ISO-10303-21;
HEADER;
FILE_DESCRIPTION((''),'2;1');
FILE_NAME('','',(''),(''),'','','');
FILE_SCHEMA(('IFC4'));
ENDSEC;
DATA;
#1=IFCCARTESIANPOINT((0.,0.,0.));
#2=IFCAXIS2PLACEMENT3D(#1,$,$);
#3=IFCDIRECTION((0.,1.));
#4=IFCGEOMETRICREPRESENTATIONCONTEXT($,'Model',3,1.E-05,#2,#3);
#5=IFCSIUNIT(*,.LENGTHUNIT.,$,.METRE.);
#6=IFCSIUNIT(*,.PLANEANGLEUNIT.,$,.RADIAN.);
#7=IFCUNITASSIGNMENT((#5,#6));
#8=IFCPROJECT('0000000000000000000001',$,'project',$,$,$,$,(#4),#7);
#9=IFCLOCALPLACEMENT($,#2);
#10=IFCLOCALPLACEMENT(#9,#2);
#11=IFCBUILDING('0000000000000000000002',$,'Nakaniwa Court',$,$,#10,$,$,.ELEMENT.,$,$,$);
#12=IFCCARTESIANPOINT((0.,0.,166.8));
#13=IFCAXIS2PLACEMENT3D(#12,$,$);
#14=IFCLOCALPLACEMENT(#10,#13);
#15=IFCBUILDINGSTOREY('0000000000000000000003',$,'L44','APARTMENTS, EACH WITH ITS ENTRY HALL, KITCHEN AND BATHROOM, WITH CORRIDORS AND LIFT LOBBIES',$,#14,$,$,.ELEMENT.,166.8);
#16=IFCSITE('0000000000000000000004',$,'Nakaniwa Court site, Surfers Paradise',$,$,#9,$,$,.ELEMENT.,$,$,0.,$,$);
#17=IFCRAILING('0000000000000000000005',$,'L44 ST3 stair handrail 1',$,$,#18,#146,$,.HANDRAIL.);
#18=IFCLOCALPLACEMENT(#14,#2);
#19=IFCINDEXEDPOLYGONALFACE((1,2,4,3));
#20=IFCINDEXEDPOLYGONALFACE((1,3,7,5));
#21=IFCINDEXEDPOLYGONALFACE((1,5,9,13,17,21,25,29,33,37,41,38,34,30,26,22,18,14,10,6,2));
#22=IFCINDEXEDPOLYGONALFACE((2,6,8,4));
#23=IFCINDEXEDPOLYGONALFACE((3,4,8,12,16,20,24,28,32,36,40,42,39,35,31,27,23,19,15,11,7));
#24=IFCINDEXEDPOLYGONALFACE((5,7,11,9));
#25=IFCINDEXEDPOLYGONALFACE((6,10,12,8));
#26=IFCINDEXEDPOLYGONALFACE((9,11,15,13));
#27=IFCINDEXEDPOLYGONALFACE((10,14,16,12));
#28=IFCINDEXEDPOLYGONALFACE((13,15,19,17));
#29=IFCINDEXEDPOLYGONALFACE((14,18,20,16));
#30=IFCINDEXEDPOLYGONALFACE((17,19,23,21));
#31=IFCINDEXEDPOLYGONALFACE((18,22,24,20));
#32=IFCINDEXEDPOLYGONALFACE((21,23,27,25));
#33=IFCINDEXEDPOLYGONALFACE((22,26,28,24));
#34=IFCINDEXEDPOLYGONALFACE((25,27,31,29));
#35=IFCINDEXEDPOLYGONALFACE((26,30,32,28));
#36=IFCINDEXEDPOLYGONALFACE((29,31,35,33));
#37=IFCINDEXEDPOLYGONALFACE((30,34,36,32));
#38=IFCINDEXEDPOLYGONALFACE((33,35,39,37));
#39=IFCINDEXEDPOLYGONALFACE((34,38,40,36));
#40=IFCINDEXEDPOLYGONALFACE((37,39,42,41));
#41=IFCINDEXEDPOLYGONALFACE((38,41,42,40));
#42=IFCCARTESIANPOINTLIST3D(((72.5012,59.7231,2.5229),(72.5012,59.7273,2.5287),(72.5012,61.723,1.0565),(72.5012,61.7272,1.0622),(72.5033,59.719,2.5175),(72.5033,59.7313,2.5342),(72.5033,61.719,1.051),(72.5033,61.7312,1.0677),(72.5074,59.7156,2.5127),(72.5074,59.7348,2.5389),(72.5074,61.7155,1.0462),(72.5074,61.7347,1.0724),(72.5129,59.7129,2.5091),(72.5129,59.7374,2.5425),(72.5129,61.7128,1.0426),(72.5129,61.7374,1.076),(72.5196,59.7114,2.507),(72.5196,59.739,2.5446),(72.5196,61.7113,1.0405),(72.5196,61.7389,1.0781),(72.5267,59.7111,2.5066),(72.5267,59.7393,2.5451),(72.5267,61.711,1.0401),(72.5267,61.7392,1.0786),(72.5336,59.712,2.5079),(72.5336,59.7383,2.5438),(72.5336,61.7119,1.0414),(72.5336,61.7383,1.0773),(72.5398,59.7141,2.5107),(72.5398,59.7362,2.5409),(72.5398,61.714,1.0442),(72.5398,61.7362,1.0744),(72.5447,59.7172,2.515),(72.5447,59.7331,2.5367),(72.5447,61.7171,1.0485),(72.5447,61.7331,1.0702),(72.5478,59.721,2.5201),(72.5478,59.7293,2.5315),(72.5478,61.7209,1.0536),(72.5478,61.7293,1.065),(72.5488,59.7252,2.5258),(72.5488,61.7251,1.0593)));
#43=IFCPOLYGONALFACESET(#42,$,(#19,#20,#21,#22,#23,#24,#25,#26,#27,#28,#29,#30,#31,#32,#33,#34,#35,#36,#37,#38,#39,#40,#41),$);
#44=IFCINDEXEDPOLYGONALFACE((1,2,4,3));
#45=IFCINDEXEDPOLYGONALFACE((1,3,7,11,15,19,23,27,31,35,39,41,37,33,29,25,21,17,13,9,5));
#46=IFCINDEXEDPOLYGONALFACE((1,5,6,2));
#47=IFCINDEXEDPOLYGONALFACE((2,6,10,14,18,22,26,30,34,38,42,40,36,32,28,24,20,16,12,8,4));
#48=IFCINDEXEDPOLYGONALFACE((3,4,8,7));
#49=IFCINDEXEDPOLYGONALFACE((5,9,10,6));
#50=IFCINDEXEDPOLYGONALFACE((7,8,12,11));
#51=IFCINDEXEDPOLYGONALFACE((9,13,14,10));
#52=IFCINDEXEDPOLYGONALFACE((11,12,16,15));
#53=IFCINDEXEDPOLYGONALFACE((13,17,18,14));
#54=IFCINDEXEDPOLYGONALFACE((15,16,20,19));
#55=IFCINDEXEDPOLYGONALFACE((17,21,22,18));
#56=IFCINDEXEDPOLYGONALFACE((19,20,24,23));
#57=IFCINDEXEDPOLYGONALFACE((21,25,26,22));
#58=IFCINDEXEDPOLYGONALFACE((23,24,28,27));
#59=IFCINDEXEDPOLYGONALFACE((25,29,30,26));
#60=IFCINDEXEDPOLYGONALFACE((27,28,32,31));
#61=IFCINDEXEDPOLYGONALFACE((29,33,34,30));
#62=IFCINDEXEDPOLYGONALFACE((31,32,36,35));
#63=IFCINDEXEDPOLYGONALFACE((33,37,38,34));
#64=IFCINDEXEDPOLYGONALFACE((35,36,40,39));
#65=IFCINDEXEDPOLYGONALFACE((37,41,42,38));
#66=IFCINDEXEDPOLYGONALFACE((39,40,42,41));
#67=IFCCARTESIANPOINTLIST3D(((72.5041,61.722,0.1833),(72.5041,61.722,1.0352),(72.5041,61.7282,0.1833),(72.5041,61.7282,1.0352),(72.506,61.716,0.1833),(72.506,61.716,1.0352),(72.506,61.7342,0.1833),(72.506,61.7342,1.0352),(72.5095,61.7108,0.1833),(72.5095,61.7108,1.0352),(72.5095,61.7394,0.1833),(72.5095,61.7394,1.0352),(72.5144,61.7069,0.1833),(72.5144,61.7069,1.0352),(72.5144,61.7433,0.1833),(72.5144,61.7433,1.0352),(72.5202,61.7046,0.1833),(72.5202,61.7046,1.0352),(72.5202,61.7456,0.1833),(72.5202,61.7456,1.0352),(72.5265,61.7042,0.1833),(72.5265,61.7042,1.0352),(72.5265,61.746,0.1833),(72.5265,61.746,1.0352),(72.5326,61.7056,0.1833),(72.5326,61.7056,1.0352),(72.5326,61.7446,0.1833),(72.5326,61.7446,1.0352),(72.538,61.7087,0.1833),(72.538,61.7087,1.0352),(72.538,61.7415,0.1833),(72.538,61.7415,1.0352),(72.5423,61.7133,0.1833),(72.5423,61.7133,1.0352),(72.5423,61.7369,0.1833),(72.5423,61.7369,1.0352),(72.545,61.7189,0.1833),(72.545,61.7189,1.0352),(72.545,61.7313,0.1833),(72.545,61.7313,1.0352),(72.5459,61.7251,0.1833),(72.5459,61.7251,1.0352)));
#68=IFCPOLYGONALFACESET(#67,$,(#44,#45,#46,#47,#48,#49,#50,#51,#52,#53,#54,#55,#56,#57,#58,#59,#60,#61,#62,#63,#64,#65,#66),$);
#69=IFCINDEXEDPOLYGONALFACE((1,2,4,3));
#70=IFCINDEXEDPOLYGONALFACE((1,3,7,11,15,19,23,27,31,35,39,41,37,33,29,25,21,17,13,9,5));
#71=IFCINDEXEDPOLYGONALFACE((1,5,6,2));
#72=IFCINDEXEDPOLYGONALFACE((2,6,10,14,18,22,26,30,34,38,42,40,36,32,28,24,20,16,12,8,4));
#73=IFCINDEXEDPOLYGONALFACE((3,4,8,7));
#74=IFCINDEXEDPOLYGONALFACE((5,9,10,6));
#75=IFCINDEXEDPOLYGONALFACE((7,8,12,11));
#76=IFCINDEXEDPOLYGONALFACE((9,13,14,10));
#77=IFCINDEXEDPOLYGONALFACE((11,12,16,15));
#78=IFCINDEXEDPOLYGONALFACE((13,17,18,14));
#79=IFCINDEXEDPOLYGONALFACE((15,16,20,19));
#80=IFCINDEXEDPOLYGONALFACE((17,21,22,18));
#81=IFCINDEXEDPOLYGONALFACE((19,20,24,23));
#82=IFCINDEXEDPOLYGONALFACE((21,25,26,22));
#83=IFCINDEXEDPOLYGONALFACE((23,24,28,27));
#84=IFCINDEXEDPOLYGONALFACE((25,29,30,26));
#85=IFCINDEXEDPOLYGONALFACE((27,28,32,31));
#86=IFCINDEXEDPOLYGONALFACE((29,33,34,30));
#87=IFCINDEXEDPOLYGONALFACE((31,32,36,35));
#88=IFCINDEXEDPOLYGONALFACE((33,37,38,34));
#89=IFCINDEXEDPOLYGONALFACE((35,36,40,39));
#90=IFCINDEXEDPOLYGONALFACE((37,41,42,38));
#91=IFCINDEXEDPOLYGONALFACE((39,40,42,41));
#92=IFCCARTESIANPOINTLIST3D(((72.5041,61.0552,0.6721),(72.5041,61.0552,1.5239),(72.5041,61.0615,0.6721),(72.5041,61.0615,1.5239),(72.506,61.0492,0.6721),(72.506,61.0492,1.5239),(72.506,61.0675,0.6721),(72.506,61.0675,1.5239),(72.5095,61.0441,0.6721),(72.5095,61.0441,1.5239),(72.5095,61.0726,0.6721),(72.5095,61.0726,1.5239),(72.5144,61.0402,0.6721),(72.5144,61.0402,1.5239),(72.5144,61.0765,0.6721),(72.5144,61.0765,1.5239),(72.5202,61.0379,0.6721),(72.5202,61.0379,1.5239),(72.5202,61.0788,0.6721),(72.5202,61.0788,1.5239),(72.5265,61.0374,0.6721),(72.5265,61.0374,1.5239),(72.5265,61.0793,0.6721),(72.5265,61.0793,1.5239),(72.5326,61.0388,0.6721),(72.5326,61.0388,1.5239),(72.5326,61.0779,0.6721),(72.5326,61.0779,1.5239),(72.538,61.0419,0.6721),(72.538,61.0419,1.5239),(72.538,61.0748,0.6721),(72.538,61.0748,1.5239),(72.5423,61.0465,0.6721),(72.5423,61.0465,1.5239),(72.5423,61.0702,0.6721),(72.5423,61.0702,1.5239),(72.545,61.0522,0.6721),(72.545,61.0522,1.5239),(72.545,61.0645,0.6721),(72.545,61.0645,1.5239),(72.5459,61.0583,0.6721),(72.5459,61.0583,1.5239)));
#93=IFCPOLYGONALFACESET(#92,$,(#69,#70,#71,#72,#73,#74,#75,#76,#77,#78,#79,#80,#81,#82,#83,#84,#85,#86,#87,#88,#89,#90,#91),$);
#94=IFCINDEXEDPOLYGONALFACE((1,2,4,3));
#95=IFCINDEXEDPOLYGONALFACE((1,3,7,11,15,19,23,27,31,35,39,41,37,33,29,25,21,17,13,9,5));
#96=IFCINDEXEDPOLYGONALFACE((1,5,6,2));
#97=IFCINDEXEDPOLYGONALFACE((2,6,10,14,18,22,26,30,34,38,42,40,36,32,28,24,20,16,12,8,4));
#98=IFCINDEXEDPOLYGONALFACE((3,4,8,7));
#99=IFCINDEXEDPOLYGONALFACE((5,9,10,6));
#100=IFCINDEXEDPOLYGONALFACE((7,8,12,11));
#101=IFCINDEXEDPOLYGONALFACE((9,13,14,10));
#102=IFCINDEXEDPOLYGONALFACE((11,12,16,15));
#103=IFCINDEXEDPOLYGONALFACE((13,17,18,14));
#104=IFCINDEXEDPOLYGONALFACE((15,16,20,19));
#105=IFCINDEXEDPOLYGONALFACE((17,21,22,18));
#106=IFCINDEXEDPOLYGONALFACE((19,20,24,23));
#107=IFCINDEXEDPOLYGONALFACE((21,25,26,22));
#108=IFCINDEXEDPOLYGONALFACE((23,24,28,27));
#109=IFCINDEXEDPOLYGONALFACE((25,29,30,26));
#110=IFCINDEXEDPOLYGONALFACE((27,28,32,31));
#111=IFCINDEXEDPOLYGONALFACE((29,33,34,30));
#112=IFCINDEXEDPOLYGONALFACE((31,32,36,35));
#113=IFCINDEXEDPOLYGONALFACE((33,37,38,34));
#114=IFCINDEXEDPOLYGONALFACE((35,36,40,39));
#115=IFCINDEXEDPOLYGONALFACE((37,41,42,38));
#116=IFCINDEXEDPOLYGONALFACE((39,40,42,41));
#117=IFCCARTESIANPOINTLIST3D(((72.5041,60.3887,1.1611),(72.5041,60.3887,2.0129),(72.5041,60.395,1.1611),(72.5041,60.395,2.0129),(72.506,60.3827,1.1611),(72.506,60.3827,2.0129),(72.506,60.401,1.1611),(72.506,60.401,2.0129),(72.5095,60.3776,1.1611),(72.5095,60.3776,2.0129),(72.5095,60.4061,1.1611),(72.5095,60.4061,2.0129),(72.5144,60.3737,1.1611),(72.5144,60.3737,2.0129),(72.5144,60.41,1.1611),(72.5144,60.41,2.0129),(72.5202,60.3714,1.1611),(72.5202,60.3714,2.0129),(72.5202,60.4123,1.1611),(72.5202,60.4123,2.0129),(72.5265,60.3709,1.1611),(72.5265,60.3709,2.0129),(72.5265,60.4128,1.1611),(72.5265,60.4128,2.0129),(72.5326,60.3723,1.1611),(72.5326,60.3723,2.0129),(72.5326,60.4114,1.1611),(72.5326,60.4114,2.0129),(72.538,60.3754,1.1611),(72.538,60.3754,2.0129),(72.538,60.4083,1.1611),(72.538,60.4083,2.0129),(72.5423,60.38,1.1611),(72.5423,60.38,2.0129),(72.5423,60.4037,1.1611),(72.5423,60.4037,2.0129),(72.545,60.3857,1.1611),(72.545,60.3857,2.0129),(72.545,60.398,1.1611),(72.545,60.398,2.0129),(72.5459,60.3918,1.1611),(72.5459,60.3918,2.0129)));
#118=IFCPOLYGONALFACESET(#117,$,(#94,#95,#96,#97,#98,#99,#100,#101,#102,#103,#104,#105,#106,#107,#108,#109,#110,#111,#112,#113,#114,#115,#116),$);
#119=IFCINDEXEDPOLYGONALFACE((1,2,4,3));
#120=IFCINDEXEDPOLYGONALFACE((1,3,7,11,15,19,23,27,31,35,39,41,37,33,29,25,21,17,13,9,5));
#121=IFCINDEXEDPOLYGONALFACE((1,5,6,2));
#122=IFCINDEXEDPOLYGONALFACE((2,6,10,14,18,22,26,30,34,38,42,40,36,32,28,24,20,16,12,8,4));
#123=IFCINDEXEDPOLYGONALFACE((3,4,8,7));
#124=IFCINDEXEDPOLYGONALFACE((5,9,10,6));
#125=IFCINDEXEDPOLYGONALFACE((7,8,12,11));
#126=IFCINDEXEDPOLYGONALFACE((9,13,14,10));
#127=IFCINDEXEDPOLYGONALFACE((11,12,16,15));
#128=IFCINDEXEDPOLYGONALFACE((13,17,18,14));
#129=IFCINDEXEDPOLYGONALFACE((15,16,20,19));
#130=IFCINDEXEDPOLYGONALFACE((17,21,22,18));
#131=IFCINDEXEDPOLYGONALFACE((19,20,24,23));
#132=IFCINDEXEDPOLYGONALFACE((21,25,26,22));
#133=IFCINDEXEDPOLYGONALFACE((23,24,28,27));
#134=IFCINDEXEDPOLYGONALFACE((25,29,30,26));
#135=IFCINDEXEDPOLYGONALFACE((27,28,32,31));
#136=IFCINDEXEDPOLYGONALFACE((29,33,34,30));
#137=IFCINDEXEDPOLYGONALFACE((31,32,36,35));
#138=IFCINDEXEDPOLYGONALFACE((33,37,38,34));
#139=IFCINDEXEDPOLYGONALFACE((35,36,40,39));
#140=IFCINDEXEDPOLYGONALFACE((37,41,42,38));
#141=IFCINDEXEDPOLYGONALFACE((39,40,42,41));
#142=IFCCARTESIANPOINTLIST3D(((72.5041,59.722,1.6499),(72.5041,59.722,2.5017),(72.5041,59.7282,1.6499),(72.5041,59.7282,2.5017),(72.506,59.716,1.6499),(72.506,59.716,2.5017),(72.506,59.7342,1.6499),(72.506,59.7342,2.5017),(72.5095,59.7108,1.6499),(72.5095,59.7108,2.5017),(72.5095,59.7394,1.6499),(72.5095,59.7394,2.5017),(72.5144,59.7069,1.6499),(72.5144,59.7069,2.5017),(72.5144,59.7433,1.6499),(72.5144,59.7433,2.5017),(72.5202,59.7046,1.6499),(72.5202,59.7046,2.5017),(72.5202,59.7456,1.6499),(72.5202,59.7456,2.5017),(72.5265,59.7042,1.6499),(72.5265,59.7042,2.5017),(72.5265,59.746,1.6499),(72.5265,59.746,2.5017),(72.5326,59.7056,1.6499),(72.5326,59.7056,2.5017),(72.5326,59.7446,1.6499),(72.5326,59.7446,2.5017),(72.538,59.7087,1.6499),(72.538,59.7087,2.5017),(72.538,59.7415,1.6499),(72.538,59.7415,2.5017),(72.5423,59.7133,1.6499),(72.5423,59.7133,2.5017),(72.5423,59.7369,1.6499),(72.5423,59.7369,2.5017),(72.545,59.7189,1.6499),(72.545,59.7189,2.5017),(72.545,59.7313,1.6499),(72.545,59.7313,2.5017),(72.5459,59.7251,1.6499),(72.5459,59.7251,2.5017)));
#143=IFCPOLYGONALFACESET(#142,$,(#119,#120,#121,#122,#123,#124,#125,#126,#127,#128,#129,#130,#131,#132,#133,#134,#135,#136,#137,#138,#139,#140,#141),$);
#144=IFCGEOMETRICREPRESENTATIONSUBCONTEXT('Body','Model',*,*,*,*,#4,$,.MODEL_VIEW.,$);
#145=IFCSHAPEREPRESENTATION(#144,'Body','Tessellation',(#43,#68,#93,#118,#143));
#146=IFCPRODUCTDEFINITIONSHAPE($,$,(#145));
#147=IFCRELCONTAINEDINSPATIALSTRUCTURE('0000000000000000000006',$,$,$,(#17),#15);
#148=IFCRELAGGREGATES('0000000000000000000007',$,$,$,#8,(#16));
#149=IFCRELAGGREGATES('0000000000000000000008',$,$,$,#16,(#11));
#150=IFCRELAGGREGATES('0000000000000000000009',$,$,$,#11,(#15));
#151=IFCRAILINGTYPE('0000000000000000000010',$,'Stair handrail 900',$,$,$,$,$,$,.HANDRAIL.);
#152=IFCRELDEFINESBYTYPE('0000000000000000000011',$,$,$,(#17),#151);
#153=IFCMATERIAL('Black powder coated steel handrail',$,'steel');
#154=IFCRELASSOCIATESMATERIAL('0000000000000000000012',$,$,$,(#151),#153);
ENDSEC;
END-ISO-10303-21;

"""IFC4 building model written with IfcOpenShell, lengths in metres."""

from ifc_helpers import new_model, si_unit, direction, frame, origin, origin_2d, place, context, subcontext, project, spatial, circle, extrude, material, type_object, element, save


model = new_model("IFC4")

# Units and contexts
model_context = context("Model", 3, precision=1e-05, world=origin(), true_north=direction((0.0, 1.0)))
body_context = subcontext(model_context, "Body", "Model", "MODEL_VIEW")
ifc_project = project(units=[si_unit("LENGTHUNIT", "METRE"), si_unit("PLANEANGLEUNIT", "RADIAN")], contexts=[model_context])

# Site, building, storey
site_placement = place(None, origin())
site = spatial("IfcSite", under=ifc_project, at=site_placement, Name="Nakaniwa Court site, Surfers Paradise", CompositionType="ELEMENT", RefElevation=0.0)
building_placement = place(site_placement, origin())
building = spatial("IfcBuilding", under=site, at=building_placement, Name="Nakaniwa Court", CompositionType="ELEMENT")
storey_placement = place(building_placement, frame((0.0, 0.0, 166.8)))
storey = spatial("IfcBuildingStorey", under=building, at=storey_placement, Name="L44", Description="APARTMENTS, EACH WITH ITS ENTRY HALL, KITCHEN AND BATHROOM, WITH CORRIDORS AND LIFT LOBBIES", CompositionType="ELEMENT", Elevation=166.8)

# Railing
ifc_material_1 = material(Name="Black powder coated steel handrail", Category="steel")
railing_type_1 = type_object("IfcRailingType", Name="Stair handrail 900", PredefinedType="HANDRAIL", material=ifc_material_1)
railing_1_placement = place(storey_placement, frame((72.5249, 61.7251, 0.1833)))
element("IfcRailing", 1, at=railing_1_placement, inside=storey, type_object=railing_type_1, Name="L44 ST3 stair handrail 1", PredefinedType="HANDRAIL", context=body_context, shape_type="SweptSolid", body=[
    extrude(circle(Radius=0.0239, at=origin_2d()), frame((0.0, 0.0, 0.876), z_axis=(0.0, -0.806427, 0.591334), x_axis=(1.0, 0.0, 0.0)), (0.0, 0.0, 1.0), 2.48),
    extrude(circle(Radius=0.021, at=origin_2d()), origin(), (0.0, 0.0, 1.0), 0.8518),
    extrude(circle(Radius=0.021, at=origin_2d()), frame((0.0, -0.6667, 0.4888)), (0.0, 0.0, 1.0), 0.8518),
    extrude(circle(Radius=0.021, at=origin_2d()), frame((0.0, -1.3333, 0.9778)), (0.0, 0.0, 1.0), 0.8518),
    extrude(circle(Radius=0.021, at=origin_2d()), frame((0.0, -2.0, 1.4666)), (0.0, 0.0, 1.0), 0.8518),
])

save(model, "model.ifc")
